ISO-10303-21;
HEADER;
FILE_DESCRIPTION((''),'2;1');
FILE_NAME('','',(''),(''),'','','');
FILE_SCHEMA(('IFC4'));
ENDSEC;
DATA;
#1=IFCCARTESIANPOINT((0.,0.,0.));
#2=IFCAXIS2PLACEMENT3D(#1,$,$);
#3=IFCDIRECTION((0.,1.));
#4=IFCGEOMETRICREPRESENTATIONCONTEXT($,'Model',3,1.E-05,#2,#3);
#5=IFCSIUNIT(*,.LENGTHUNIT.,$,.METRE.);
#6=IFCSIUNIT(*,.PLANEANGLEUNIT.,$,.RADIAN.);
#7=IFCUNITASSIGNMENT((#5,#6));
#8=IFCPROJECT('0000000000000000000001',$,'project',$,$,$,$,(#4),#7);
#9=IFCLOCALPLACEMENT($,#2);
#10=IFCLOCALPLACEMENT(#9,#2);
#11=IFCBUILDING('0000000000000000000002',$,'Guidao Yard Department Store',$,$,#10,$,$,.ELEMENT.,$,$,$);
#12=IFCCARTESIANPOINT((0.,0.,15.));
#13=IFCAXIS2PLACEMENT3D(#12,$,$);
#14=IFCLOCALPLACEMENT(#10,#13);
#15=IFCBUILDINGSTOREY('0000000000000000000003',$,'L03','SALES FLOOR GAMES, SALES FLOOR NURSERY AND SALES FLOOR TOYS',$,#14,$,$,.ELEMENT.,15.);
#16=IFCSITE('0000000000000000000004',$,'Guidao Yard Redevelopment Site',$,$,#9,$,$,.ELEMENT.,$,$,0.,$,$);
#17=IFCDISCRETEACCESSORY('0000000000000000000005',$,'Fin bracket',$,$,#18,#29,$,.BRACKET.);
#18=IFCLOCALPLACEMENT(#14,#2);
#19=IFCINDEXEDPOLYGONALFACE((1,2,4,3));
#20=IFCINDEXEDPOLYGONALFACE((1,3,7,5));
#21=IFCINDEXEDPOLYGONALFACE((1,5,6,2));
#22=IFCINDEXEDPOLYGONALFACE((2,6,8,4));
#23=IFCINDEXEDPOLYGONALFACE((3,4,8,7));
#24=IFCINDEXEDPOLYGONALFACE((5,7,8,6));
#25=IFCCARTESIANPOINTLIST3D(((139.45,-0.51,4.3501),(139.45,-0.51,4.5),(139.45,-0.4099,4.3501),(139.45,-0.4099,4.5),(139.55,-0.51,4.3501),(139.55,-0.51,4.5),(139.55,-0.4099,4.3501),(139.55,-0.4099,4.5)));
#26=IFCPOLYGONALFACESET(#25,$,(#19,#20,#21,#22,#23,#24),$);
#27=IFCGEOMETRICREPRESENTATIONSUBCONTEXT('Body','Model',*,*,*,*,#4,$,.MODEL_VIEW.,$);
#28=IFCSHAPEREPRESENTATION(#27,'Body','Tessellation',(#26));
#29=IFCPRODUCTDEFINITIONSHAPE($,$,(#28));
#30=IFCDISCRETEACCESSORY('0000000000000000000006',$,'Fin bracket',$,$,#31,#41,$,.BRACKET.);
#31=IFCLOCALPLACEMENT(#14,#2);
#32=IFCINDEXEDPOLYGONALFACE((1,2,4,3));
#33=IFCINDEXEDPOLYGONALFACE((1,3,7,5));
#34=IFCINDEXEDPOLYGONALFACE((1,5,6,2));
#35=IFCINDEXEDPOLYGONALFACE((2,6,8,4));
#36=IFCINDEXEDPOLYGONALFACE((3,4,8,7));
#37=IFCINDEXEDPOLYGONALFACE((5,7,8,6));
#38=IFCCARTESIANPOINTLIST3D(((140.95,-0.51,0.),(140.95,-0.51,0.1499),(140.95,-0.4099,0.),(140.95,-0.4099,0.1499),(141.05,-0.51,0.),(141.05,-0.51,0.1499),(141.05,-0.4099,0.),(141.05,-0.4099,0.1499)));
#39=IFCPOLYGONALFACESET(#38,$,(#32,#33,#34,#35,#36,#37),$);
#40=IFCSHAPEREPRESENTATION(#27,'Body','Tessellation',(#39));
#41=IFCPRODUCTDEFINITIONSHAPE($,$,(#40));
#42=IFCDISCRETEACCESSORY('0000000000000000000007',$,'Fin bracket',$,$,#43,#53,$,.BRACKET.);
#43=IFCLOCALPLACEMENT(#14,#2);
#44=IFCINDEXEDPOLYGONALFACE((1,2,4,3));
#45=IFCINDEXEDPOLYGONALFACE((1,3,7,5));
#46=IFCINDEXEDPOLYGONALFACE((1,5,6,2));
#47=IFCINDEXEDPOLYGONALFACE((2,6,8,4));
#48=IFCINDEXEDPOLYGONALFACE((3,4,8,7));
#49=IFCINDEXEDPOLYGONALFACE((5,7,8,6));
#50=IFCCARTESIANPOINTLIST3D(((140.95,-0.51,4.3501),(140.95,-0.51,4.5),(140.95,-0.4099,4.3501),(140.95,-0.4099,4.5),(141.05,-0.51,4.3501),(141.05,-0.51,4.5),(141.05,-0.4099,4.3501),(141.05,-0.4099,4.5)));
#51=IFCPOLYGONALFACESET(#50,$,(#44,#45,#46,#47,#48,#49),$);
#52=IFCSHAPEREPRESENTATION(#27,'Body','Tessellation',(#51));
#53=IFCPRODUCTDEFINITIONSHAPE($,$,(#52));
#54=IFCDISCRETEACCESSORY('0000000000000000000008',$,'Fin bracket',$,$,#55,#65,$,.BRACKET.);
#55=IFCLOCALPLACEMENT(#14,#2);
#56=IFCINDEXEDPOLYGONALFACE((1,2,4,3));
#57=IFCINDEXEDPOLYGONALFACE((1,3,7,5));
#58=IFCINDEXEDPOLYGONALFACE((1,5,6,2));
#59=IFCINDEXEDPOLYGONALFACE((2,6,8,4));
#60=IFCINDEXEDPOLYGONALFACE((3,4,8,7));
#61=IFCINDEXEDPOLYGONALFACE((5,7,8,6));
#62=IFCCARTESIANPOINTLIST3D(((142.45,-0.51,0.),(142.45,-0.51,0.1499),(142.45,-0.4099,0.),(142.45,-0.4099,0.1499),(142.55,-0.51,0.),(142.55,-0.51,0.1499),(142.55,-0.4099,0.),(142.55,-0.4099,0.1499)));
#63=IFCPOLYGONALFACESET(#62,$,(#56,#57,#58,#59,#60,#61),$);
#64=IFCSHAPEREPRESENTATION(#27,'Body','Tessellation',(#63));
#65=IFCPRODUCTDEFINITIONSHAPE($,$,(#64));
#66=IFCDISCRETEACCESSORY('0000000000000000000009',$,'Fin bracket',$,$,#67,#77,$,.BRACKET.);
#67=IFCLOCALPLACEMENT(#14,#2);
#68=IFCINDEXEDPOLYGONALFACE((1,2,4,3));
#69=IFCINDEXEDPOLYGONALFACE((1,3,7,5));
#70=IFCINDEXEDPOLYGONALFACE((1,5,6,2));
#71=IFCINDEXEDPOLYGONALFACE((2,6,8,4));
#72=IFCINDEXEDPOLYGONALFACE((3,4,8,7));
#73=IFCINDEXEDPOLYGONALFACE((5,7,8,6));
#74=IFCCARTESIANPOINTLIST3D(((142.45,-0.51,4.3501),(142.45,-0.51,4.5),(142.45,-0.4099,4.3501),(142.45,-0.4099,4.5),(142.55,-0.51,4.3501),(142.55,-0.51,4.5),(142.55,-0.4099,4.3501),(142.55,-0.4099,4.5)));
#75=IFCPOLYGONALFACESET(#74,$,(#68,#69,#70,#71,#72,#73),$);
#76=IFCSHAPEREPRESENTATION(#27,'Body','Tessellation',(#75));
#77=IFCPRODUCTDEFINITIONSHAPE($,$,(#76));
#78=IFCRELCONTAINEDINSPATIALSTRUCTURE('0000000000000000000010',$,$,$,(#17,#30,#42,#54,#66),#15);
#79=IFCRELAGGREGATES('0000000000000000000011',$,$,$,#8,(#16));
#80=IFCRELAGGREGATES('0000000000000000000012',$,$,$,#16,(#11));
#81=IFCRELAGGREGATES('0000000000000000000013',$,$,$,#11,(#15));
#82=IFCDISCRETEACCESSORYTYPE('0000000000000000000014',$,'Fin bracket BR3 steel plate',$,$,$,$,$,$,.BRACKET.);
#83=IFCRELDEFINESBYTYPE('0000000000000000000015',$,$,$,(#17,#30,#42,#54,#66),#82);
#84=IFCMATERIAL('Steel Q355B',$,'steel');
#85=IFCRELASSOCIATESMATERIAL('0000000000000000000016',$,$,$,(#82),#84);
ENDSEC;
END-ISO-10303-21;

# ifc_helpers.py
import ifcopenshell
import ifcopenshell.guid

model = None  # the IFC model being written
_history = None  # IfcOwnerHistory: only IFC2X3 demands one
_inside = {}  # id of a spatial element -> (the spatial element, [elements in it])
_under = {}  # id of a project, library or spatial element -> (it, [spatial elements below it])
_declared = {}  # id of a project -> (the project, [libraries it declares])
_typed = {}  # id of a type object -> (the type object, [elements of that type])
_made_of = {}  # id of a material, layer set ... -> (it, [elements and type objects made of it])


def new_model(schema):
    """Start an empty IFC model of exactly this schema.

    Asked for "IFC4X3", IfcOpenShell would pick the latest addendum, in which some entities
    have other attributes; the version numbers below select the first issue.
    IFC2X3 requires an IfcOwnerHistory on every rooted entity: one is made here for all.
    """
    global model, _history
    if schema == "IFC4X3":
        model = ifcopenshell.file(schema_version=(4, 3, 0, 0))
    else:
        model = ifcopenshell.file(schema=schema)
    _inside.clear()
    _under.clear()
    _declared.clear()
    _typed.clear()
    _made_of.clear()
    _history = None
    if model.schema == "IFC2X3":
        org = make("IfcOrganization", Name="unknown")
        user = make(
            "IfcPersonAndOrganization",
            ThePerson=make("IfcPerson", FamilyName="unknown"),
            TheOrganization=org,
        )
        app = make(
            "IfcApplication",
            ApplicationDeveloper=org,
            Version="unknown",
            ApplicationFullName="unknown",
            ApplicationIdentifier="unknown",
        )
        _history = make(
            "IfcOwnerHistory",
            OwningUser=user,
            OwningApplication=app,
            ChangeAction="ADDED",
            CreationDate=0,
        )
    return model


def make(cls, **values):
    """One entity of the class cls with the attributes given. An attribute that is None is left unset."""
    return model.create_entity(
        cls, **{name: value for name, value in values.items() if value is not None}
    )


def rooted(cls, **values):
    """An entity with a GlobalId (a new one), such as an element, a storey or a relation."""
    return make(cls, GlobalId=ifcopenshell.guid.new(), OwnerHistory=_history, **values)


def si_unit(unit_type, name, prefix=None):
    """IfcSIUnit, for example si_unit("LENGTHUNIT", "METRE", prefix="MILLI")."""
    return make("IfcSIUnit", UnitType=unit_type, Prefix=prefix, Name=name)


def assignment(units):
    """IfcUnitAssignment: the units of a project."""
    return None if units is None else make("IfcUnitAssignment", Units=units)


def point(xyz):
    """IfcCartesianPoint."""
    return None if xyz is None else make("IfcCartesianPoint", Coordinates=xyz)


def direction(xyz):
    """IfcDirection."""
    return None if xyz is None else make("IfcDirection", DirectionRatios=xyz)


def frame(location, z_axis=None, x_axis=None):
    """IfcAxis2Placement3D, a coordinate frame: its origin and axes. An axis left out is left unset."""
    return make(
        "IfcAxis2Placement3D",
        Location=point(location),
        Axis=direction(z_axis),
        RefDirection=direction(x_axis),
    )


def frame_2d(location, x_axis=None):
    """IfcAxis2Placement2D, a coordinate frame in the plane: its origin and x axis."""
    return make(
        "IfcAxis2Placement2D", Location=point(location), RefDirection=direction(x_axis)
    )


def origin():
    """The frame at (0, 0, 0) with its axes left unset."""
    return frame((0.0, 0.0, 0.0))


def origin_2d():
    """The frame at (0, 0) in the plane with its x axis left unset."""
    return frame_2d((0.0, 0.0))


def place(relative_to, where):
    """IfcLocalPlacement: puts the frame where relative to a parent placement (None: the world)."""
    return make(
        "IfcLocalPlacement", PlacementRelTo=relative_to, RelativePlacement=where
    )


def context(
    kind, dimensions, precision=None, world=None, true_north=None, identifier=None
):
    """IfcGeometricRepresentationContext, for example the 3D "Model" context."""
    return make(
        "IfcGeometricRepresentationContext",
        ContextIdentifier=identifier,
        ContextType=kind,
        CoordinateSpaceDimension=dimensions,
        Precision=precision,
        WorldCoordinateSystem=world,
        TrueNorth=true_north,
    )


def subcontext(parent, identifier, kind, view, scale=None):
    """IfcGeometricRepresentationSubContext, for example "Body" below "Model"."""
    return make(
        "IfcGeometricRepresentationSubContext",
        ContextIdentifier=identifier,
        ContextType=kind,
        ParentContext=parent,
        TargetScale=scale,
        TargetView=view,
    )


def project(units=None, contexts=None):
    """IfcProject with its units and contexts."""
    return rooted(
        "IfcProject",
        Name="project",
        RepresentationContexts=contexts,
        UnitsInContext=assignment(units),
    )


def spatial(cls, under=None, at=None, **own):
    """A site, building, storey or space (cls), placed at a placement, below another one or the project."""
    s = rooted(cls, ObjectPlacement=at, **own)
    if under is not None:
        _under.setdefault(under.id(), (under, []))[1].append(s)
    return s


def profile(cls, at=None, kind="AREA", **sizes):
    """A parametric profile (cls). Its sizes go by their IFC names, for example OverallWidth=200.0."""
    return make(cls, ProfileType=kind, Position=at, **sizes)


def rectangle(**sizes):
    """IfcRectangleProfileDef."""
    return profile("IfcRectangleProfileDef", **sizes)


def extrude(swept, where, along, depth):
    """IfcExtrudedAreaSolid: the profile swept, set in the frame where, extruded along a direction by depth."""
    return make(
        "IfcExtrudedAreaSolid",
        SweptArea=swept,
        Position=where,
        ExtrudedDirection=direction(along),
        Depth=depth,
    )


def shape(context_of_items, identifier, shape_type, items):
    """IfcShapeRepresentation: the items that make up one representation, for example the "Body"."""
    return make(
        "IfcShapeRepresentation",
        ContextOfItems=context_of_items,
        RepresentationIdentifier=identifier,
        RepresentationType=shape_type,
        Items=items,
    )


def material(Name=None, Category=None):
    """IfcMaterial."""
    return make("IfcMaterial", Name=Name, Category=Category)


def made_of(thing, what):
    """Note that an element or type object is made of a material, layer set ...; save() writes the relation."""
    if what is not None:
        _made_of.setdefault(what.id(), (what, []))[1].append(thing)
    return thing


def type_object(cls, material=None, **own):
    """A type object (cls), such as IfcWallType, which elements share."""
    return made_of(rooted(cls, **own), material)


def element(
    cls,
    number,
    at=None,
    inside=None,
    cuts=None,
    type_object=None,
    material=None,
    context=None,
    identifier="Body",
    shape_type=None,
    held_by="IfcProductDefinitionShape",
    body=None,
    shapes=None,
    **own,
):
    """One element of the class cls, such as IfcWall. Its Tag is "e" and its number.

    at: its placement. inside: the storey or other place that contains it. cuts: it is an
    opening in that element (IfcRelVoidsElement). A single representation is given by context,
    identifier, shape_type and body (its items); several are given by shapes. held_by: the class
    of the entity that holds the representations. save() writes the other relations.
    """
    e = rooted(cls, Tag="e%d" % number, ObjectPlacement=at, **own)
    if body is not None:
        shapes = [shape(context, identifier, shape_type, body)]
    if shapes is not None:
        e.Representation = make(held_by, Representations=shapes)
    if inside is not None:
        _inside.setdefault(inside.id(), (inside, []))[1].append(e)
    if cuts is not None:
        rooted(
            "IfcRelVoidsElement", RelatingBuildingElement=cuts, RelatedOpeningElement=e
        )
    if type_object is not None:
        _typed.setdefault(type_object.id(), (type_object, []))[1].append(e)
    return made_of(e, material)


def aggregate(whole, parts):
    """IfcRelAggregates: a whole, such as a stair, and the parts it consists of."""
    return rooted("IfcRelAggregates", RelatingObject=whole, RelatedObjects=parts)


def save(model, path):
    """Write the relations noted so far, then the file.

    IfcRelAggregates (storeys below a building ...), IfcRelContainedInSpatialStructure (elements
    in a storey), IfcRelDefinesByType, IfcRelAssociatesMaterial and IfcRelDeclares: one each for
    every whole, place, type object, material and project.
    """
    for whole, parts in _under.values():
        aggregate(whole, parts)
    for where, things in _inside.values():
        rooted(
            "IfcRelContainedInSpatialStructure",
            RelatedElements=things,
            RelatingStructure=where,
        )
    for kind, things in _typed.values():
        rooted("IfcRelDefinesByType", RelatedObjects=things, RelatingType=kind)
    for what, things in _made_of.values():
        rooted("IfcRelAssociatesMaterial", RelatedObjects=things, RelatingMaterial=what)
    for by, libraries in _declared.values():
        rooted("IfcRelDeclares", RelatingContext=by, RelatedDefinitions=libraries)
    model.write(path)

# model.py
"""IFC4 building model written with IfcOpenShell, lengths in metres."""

from ifc_helpers import new_model, si_unit, direction, frame, origin, origin_2d, place, context, subcontext, project, spatial, rectangle, extrude, material, type_object, element, save


model = new_model("IFC4")

# Units and contexts
model_context = context("Model", 3, precision=1e-05, world=origin(), true_north=direction((0.0, 1.0)))
body_context = subcontext(model_context, "Body", "Model", "MODEL_VIEW")
ifc_project = project(units=[si_unit("LENGTHUNIT", "METRE"), si_unit("PLANEANGLEUNIT", "RADIAN")], contexts=[model_context])

# Site, building, storey
site_placement = place(None, origin())
site = spatial("IfcSite", under=ifc_project, at=site_placement, Name="Guidao Yard Redevelopment Site", CompositionType="ELEMENT", RefElevation=0.0)
building_placement = place(site_placement, origin())
building = spatial("IfcBuilding", under=site, at=building_placement, Name="Guidao Yard Department Store", CompositionType="ELEMENT")
storey_placement = place(building_placement, frame((0.0, 0.0, 15.0)))
storey = spatial("IfcBuildingStorey", under=building, at=storey_placement, Name="L03", Description="SALES FLOOR GAMES, SALES FLOOR NURSERY AND SALES FLOOR TOYS", CompositionType="ELEMENT", Elevation=15.0)

# Discrete accessories
ifc_material_1 = material(Name="Steel Q355B", Category="steel")
discrete_accessory_type = type_object("IfcDiscreteAccessoryType", Name="Fin bracket BR3 steel plate", PredefinedType="BRACKET", material=ifc_material_1)
for number, where, z_axis, x_axis, name in (
    (1, (139.5, -0.46, 4.3501), (0.0, 0.0, 1.0), (-1.0, 0.0, 0.0), "Fin bracket"),
    (2, (141.0, -0.46, 0.0), (0.0, 0.0, 1.0), (-1.0, 0.0, 0.0), "Fin bracket"),
    (3, (141.0, -0.46, 4.3501), (0.0, 0.0, 1.0), (-1.0, 0.0, 0.0), "Fin bracket"),
    (4, (142.5, -0.46, 0.0), (0.0, 0.0, 1.0), (-1.0, 0.0, 0.0), "Fin bracket"),
    (5, (142.5, -0.46, 4.3501), (0.0, 0.0, 1.0), (-1.0, 0.0, 0.0), "Fin bracket"),
):
    element("IfcDiscreteAccessory", number, at=place(storey_placement, frame(where, z_axis=z_axis, x_axis=x_axis)), inside=storey, type_object=discrete_accessory_type, Name=name, PredefinedType="BRACKET", context=body_context, shape_type="SweptSolid", body=[
        extrude(rectangle(XDim=0.1001, YDim=0.1001, at=origin_2d()), origin(), (0.0, 0.0, 1.0), 0.1499),
    ])

save(model, "model.ifc")
